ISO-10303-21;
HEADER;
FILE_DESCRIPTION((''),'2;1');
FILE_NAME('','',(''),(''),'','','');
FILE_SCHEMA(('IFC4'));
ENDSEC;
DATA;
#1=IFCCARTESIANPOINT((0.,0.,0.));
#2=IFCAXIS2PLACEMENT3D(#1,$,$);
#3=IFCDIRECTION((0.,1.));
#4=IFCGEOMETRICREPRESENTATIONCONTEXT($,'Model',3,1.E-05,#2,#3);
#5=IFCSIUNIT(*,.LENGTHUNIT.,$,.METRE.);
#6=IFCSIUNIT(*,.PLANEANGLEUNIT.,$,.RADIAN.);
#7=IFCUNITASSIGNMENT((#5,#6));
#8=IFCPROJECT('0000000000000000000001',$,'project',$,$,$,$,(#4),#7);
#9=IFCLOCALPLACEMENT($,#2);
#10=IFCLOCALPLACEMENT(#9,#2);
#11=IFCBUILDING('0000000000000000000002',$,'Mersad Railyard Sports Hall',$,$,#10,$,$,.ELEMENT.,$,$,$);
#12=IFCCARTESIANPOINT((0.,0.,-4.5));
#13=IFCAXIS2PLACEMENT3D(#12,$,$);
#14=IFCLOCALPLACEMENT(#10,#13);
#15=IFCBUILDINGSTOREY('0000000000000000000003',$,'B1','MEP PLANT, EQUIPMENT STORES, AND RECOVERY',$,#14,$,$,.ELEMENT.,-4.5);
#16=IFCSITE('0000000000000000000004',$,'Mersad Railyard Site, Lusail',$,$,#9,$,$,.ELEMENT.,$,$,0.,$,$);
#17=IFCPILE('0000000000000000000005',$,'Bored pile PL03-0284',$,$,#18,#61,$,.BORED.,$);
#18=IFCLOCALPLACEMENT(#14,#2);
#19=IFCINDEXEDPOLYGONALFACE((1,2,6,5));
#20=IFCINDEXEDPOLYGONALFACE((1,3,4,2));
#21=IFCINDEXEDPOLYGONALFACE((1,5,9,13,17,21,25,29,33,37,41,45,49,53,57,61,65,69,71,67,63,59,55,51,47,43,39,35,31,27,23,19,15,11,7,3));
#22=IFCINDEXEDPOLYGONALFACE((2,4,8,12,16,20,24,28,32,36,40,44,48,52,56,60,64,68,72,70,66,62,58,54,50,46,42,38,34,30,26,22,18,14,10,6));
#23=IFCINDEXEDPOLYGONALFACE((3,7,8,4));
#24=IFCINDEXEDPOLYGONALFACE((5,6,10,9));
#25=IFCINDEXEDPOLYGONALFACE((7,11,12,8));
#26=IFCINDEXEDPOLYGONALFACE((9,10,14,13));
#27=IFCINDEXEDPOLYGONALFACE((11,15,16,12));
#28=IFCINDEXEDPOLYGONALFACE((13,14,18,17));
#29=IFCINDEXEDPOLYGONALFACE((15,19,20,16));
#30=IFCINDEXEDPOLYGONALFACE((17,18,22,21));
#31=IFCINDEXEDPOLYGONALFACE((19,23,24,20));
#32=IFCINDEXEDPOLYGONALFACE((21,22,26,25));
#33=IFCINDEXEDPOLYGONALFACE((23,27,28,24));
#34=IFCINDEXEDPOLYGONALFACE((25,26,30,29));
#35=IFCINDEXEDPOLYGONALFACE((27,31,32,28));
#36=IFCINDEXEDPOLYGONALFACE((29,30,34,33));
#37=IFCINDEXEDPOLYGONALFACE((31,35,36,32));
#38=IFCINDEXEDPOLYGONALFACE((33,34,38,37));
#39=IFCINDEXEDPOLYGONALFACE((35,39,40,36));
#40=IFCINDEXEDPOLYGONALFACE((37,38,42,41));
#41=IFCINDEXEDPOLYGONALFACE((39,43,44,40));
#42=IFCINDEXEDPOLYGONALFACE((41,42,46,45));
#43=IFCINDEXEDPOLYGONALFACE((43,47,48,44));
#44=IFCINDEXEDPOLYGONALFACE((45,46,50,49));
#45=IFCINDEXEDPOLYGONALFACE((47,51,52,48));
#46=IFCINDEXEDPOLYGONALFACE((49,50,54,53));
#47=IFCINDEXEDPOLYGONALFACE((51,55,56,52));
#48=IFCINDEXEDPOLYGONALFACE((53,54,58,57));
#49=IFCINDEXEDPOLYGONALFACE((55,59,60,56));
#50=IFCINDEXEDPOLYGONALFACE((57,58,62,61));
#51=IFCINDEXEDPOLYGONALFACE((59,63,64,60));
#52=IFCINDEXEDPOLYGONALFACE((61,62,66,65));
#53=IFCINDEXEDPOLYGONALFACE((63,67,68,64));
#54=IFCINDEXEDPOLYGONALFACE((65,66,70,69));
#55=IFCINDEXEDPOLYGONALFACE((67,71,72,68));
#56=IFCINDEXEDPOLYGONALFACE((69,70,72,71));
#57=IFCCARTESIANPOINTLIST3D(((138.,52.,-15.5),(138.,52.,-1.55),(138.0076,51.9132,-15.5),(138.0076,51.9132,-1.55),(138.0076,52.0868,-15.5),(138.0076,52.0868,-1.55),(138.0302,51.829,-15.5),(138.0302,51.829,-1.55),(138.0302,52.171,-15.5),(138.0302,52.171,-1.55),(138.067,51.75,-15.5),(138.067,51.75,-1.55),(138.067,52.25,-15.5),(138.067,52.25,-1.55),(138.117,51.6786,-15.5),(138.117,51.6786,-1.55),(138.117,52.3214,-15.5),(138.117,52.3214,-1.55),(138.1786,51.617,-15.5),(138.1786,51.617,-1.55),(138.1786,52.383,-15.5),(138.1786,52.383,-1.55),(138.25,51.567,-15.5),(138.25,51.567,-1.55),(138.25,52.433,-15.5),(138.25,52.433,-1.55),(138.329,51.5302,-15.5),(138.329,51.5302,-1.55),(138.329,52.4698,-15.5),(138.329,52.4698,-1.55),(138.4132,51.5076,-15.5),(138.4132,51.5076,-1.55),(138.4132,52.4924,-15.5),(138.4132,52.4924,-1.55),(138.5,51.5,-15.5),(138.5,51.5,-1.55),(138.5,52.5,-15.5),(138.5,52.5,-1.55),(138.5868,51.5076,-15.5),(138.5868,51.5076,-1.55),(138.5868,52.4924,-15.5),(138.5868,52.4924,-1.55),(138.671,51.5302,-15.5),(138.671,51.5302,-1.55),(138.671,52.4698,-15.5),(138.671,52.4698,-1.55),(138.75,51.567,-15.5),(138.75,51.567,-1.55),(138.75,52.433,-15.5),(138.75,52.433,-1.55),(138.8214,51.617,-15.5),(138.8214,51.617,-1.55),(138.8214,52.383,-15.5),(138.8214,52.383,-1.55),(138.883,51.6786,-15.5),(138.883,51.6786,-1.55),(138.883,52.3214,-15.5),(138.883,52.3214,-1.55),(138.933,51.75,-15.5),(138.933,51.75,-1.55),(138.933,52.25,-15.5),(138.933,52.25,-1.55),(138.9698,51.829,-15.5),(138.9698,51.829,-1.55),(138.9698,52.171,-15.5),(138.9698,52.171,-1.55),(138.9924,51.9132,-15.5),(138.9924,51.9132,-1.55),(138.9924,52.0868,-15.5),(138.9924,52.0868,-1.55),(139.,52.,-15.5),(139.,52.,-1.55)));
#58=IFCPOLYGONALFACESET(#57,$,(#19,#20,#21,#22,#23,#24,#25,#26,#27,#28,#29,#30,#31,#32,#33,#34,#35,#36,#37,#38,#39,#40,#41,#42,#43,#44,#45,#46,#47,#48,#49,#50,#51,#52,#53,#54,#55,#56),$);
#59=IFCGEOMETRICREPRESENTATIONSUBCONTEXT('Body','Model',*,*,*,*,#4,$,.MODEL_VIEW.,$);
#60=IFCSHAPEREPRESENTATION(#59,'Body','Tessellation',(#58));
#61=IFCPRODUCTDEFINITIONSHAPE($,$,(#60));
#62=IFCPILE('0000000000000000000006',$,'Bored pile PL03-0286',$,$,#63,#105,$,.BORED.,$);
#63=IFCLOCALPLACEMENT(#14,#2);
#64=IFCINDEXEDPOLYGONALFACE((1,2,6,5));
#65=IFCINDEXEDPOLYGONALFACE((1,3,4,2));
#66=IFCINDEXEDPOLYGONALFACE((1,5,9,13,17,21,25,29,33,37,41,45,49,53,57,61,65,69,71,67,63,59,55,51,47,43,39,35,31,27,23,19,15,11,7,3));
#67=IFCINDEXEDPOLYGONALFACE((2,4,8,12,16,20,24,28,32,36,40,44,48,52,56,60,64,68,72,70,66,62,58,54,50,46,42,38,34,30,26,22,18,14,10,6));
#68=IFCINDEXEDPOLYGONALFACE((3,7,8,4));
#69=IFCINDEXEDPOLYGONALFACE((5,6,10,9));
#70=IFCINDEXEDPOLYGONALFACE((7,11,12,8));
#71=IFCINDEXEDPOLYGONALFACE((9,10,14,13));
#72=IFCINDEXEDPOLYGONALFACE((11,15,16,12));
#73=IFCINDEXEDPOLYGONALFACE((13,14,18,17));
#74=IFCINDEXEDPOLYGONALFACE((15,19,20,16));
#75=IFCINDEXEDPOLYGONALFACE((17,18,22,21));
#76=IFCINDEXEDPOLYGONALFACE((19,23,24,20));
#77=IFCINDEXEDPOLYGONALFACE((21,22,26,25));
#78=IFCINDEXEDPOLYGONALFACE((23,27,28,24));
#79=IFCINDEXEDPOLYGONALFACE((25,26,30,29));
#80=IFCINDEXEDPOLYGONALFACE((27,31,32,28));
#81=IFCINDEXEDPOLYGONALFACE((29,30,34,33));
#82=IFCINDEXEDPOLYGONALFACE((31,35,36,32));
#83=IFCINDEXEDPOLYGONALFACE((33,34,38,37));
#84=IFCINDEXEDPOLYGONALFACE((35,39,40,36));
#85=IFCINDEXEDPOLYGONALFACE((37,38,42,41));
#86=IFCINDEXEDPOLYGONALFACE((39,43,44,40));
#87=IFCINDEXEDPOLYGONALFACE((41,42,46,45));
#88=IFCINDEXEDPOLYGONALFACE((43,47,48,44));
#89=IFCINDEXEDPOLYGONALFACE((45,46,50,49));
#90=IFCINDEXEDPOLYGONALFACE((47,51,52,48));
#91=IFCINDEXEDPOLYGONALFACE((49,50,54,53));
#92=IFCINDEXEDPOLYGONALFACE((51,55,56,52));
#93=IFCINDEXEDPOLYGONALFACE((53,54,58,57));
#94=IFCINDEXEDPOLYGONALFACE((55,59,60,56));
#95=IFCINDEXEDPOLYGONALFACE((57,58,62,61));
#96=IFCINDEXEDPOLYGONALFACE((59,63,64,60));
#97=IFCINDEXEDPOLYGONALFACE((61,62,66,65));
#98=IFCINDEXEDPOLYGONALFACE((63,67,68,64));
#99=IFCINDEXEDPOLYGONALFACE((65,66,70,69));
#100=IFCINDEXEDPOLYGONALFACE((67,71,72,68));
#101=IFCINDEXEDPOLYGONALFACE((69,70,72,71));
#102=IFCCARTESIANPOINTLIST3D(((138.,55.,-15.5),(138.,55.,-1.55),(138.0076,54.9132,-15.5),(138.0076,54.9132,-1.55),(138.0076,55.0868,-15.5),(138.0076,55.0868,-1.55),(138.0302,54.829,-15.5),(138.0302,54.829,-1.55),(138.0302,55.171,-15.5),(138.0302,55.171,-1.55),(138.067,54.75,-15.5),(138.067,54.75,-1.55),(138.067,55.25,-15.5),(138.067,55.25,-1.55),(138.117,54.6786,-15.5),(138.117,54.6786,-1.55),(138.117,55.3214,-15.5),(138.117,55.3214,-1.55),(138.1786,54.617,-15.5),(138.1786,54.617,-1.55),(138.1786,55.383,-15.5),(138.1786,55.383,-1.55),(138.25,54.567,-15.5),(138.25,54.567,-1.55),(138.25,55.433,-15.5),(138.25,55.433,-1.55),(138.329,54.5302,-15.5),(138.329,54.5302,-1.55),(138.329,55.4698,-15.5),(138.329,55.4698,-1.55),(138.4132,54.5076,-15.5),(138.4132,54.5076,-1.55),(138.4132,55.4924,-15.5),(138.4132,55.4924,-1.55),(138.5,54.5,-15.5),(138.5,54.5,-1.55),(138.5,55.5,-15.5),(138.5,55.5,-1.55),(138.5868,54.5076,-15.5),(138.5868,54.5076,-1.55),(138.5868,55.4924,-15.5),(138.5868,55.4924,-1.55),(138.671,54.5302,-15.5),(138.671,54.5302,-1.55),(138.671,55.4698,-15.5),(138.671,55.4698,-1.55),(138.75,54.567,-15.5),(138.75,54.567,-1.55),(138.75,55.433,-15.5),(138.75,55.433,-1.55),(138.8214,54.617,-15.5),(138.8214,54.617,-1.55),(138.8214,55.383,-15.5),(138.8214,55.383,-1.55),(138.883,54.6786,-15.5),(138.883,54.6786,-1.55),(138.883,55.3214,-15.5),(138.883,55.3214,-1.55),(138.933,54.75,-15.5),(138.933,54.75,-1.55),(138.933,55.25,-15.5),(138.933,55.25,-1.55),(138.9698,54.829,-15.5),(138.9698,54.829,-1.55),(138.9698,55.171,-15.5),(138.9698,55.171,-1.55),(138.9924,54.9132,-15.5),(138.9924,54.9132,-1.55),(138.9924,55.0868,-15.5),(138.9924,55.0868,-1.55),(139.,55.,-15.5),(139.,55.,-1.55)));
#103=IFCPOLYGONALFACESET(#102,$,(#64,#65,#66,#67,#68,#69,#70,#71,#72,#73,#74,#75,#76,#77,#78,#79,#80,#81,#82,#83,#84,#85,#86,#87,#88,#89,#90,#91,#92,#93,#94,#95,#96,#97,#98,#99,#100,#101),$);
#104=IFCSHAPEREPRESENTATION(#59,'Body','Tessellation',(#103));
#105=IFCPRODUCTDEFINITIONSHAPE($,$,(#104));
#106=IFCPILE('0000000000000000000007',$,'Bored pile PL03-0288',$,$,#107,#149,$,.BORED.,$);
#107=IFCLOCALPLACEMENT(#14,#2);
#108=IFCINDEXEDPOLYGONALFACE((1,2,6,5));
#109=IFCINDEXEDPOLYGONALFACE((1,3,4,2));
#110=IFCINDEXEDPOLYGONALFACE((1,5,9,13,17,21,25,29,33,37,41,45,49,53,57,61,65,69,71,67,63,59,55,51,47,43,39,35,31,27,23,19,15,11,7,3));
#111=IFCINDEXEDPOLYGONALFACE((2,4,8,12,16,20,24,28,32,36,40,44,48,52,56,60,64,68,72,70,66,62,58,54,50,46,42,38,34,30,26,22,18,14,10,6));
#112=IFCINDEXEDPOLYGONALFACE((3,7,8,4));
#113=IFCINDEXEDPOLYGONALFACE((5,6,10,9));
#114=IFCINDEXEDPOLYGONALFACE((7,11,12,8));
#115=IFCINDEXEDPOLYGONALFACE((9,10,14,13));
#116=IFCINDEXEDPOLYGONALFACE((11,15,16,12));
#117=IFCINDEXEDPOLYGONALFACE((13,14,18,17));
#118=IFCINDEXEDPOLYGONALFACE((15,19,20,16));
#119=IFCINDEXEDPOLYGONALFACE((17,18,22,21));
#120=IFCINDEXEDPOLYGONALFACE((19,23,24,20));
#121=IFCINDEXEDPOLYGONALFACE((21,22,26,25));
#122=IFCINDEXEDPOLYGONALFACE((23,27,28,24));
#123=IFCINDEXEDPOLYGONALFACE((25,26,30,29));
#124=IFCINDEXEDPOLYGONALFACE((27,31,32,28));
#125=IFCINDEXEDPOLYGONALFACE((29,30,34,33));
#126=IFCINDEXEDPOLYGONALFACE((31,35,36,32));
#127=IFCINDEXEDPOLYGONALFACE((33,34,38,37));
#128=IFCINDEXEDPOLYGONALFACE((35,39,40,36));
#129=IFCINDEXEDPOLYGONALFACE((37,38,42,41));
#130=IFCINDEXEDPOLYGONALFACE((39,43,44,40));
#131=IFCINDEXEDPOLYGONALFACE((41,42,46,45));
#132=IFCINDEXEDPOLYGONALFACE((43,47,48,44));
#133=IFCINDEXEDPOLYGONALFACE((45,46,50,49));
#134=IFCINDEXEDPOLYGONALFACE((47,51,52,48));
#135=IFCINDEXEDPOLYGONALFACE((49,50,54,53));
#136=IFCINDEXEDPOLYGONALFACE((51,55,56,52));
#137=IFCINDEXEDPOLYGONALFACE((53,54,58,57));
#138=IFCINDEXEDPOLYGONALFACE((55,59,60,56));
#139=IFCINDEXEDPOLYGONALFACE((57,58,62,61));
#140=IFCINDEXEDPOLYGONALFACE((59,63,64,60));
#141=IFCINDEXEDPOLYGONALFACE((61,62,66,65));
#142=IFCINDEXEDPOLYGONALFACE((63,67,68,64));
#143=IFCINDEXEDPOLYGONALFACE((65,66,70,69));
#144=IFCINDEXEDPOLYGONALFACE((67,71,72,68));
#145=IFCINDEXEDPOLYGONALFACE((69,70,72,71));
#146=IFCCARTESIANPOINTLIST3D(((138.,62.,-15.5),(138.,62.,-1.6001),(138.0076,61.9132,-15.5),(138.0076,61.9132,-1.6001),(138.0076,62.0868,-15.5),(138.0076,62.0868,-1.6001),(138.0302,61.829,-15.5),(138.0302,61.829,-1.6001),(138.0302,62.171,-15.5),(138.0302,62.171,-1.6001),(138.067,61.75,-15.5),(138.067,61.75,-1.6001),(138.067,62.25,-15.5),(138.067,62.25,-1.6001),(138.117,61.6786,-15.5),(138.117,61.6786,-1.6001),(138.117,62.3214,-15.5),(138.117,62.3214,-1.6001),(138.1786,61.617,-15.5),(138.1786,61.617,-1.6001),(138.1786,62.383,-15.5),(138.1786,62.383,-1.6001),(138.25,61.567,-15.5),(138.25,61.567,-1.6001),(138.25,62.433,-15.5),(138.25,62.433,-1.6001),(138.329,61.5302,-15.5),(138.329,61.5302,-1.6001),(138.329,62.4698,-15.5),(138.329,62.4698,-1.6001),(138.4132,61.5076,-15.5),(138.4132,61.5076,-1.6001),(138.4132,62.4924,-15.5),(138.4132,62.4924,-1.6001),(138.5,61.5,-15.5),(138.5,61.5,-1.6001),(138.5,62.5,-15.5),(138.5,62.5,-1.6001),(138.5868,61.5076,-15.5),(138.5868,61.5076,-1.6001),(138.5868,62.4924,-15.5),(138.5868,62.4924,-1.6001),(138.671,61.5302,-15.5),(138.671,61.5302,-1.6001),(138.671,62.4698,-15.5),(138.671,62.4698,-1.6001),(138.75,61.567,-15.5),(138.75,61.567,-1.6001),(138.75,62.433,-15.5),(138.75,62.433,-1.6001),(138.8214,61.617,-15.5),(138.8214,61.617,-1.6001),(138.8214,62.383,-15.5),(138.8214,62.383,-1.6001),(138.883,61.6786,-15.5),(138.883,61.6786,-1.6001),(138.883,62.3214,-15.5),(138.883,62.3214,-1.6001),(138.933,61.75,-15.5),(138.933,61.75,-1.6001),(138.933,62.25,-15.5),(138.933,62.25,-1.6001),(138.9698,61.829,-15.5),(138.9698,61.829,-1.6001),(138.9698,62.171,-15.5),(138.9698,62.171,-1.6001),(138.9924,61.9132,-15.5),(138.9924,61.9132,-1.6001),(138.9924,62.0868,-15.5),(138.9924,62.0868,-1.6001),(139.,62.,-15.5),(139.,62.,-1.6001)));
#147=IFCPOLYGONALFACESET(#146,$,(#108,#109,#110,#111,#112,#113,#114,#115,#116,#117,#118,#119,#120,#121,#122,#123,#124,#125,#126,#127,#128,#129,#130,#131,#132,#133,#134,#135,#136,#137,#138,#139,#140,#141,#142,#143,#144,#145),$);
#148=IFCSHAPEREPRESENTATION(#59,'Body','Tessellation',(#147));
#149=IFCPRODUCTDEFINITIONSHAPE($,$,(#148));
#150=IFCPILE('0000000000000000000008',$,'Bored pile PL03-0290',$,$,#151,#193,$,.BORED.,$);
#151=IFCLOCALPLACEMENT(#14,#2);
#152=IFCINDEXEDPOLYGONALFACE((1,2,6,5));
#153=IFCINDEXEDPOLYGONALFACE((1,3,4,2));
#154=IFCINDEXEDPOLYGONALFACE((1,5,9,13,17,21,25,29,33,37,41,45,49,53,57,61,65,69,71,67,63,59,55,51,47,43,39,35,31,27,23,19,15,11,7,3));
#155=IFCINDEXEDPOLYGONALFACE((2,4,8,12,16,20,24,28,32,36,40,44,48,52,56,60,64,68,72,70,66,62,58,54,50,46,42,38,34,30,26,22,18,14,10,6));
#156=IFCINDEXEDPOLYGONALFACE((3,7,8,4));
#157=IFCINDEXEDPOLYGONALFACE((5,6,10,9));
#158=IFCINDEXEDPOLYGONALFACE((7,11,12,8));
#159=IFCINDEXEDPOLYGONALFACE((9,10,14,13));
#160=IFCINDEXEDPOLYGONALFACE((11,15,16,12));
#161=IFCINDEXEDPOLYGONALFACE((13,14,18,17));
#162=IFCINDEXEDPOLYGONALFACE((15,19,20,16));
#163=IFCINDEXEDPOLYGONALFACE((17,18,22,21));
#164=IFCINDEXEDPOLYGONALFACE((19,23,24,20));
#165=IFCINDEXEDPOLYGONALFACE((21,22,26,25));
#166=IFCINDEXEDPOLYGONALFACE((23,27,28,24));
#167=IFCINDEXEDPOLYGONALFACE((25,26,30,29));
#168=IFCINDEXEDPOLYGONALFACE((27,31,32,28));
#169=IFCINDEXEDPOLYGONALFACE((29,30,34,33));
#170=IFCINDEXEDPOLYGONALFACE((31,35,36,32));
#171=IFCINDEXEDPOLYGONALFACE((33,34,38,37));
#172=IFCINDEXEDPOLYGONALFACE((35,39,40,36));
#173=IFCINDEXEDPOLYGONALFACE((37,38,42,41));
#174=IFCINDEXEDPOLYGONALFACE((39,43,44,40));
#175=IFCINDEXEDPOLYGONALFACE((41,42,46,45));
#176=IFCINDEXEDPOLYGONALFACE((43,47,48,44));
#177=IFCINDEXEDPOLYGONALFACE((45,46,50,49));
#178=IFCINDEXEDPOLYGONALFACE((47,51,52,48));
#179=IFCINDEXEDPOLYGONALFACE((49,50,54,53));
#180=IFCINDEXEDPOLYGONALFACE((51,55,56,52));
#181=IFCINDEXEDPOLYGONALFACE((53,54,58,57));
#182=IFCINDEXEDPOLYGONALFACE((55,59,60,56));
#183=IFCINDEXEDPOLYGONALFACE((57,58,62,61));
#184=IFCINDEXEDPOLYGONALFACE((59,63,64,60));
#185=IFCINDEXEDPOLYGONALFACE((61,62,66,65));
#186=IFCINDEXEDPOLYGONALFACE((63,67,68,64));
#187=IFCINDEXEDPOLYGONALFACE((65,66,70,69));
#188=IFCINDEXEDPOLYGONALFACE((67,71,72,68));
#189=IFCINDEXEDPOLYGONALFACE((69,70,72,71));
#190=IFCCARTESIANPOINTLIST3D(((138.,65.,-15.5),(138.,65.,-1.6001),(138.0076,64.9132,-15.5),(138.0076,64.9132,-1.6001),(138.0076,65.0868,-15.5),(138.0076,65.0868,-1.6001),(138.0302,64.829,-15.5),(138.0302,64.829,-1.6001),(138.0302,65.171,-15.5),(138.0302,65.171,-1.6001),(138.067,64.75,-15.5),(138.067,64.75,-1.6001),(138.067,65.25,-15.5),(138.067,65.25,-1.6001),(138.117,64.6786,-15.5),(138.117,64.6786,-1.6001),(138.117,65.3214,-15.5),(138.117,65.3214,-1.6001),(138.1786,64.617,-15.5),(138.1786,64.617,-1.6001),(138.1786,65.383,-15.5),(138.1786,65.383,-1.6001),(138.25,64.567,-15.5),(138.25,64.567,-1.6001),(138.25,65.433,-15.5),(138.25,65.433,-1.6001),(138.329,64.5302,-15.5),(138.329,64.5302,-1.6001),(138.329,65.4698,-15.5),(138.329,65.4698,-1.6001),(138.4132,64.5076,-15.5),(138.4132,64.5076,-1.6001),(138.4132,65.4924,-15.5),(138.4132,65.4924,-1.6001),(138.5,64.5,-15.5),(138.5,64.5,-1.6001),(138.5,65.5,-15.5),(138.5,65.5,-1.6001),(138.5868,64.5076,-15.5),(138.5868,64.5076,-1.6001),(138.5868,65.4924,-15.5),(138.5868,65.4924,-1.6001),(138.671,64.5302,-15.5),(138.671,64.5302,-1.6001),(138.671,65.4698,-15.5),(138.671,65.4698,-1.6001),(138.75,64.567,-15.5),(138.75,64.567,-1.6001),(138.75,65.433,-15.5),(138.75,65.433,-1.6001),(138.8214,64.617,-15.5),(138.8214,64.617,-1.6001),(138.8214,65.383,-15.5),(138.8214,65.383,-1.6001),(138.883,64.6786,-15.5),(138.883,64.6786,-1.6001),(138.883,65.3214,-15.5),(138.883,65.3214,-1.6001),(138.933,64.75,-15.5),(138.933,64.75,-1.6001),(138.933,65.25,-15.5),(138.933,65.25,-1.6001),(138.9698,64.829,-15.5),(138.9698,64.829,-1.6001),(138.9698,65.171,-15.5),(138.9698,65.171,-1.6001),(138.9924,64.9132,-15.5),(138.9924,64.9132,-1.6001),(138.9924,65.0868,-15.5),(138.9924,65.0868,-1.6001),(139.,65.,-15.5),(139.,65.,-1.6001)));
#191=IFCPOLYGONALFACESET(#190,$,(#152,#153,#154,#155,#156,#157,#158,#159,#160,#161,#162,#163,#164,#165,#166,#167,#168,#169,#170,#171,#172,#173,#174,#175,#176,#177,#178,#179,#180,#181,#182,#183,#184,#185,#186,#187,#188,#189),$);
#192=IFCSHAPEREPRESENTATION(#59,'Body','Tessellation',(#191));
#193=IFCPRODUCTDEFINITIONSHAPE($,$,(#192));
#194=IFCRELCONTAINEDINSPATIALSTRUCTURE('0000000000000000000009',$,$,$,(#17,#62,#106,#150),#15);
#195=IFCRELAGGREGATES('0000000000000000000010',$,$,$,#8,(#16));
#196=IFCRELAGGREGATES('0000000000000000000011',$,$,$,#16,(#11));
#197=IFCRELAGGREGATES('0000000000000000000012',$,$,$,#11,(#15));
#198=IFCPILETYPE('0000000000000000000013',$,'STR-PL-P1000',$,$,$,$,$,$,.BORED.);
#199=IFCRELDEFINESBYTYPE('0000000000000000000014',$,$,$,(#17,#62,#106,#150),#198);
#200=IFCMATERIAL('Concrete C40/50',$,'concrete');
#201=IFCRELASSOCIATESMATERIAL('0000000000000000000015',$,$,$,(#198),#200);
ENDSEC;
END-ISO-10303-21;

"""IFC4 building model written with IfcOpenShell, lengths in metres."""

from ifc_helpers import new_model, si_unit, direction, frame, origin, origin_2d, place, context, subcontext, project, spatial, circle, extrude, material, material_profile, profile_set, type_object, element, save


model = new_model("IFC4")

# Units and contexts
model_context = context("Model", 3, precision=1e-05, world=origin(), true_north=direction((0.0, 1.0)))
body_context = subcontext(model_context, "Body", "Model", "MODEL_VIEW")
ifc_project = project(units=[si_unit("LENGTHUNIT", "METRE"), si_unit("PLANEANGLEUNIT", "RADIAN")], contexts=[model_context])

# Site, building, storey
site_placement = place(None, origin())
site = spatial("IfcSite", under=ifc_project, at=site_placement, Name="Mersad Railyard Site, Lusail", CompositionType="ELEMENT", RefElevation=0.0)
building_placement = place(site_placement, origin())
building = spatial("IfcBuilding", under=site, at=building_placement, Name="Mersad Railyard Sports Hall", CompositionType="ELEMENT")
storey_placement = place(building_placement, frame((0.0, 0.0, -4.5)))
storey = spatial("IfcBuildingStorey", under=building, at=storey_placement, Name="B1", Description="MEP PLANT, EQUIPMENT STORES, AND RECOVERY", CompositionType="ELEMENT", Elevation=-4.5)

# Shared definitions
ifc_material_1 = material(Name="Concrete C40/50", Category="concrete")

# Piles
ifc_material_profile_1 = material_profile(ifc_material_1, circle(Radius=0.5, at=origin_2d()), Name="BORED PILE D1000")
ifc_profile_set_1 = profile_set([ifc_material_profile_1], Name="Concrete C40/50")
pile_type = type_object("IfcPileType", Name="STR-PL-P1000", PredefinedType="BORED", material=ifc_profile_set_1)
for number, where, z_axis, x_axis, name in (
    (1, (138.5, 52.0, -1.55), (0.0, 0.0, -1.0), (1.0, 0.0, 0.0), "Bored pile PL03-0284"),
    (2, (138.5, 55.0, -1.55), (0.0, 0.0, -1.0), (1.0, 0.0, 0.0), "Bored pile PL03-0286"),
):
    element("IfcPile", number, at=place(storey_placement, frame(where, z_axis=z_axis, x_axis=x_axis)), inside=storey, type_object=pile_type, Name=name, PredefinedType="BORED", context=body_context, shape_type="SweptSolid", body=[
        extrude(circle(Radius=0.5, at=origin_2d()), origin(), (0.0, 0.0, 1.0), 13.95),
    ])
for number, where, z_axis, x_axis, name in (
    (3, (138.5, 62.0, -1.6001), (0.0, 0.0, -1.0), (1.0, 0.0, 0.0), "Bored pile PL03-0288"),
    (4, (138.5, 65.0, -1.6001), (0.0, 0.0, -1.0), (1.0, 0.0, 0.0), "Bored pile PL03-0290"),
):
    element("IfcPile", number, at=place(storey_placement, frame(where, z_axis=z_axis, x_axis=x_axis)), inside=storey, type_object=pile_type, Name=name, PredefinedType="BORED", context=body_context, shape_type="SweptSolid", body=[
        extrude(circle(Radius=0.5, at=origin_2d()), origin(), (0.0, 0.0, 1.0), 13.8999),
    ])

save(model, "model.ifc")
